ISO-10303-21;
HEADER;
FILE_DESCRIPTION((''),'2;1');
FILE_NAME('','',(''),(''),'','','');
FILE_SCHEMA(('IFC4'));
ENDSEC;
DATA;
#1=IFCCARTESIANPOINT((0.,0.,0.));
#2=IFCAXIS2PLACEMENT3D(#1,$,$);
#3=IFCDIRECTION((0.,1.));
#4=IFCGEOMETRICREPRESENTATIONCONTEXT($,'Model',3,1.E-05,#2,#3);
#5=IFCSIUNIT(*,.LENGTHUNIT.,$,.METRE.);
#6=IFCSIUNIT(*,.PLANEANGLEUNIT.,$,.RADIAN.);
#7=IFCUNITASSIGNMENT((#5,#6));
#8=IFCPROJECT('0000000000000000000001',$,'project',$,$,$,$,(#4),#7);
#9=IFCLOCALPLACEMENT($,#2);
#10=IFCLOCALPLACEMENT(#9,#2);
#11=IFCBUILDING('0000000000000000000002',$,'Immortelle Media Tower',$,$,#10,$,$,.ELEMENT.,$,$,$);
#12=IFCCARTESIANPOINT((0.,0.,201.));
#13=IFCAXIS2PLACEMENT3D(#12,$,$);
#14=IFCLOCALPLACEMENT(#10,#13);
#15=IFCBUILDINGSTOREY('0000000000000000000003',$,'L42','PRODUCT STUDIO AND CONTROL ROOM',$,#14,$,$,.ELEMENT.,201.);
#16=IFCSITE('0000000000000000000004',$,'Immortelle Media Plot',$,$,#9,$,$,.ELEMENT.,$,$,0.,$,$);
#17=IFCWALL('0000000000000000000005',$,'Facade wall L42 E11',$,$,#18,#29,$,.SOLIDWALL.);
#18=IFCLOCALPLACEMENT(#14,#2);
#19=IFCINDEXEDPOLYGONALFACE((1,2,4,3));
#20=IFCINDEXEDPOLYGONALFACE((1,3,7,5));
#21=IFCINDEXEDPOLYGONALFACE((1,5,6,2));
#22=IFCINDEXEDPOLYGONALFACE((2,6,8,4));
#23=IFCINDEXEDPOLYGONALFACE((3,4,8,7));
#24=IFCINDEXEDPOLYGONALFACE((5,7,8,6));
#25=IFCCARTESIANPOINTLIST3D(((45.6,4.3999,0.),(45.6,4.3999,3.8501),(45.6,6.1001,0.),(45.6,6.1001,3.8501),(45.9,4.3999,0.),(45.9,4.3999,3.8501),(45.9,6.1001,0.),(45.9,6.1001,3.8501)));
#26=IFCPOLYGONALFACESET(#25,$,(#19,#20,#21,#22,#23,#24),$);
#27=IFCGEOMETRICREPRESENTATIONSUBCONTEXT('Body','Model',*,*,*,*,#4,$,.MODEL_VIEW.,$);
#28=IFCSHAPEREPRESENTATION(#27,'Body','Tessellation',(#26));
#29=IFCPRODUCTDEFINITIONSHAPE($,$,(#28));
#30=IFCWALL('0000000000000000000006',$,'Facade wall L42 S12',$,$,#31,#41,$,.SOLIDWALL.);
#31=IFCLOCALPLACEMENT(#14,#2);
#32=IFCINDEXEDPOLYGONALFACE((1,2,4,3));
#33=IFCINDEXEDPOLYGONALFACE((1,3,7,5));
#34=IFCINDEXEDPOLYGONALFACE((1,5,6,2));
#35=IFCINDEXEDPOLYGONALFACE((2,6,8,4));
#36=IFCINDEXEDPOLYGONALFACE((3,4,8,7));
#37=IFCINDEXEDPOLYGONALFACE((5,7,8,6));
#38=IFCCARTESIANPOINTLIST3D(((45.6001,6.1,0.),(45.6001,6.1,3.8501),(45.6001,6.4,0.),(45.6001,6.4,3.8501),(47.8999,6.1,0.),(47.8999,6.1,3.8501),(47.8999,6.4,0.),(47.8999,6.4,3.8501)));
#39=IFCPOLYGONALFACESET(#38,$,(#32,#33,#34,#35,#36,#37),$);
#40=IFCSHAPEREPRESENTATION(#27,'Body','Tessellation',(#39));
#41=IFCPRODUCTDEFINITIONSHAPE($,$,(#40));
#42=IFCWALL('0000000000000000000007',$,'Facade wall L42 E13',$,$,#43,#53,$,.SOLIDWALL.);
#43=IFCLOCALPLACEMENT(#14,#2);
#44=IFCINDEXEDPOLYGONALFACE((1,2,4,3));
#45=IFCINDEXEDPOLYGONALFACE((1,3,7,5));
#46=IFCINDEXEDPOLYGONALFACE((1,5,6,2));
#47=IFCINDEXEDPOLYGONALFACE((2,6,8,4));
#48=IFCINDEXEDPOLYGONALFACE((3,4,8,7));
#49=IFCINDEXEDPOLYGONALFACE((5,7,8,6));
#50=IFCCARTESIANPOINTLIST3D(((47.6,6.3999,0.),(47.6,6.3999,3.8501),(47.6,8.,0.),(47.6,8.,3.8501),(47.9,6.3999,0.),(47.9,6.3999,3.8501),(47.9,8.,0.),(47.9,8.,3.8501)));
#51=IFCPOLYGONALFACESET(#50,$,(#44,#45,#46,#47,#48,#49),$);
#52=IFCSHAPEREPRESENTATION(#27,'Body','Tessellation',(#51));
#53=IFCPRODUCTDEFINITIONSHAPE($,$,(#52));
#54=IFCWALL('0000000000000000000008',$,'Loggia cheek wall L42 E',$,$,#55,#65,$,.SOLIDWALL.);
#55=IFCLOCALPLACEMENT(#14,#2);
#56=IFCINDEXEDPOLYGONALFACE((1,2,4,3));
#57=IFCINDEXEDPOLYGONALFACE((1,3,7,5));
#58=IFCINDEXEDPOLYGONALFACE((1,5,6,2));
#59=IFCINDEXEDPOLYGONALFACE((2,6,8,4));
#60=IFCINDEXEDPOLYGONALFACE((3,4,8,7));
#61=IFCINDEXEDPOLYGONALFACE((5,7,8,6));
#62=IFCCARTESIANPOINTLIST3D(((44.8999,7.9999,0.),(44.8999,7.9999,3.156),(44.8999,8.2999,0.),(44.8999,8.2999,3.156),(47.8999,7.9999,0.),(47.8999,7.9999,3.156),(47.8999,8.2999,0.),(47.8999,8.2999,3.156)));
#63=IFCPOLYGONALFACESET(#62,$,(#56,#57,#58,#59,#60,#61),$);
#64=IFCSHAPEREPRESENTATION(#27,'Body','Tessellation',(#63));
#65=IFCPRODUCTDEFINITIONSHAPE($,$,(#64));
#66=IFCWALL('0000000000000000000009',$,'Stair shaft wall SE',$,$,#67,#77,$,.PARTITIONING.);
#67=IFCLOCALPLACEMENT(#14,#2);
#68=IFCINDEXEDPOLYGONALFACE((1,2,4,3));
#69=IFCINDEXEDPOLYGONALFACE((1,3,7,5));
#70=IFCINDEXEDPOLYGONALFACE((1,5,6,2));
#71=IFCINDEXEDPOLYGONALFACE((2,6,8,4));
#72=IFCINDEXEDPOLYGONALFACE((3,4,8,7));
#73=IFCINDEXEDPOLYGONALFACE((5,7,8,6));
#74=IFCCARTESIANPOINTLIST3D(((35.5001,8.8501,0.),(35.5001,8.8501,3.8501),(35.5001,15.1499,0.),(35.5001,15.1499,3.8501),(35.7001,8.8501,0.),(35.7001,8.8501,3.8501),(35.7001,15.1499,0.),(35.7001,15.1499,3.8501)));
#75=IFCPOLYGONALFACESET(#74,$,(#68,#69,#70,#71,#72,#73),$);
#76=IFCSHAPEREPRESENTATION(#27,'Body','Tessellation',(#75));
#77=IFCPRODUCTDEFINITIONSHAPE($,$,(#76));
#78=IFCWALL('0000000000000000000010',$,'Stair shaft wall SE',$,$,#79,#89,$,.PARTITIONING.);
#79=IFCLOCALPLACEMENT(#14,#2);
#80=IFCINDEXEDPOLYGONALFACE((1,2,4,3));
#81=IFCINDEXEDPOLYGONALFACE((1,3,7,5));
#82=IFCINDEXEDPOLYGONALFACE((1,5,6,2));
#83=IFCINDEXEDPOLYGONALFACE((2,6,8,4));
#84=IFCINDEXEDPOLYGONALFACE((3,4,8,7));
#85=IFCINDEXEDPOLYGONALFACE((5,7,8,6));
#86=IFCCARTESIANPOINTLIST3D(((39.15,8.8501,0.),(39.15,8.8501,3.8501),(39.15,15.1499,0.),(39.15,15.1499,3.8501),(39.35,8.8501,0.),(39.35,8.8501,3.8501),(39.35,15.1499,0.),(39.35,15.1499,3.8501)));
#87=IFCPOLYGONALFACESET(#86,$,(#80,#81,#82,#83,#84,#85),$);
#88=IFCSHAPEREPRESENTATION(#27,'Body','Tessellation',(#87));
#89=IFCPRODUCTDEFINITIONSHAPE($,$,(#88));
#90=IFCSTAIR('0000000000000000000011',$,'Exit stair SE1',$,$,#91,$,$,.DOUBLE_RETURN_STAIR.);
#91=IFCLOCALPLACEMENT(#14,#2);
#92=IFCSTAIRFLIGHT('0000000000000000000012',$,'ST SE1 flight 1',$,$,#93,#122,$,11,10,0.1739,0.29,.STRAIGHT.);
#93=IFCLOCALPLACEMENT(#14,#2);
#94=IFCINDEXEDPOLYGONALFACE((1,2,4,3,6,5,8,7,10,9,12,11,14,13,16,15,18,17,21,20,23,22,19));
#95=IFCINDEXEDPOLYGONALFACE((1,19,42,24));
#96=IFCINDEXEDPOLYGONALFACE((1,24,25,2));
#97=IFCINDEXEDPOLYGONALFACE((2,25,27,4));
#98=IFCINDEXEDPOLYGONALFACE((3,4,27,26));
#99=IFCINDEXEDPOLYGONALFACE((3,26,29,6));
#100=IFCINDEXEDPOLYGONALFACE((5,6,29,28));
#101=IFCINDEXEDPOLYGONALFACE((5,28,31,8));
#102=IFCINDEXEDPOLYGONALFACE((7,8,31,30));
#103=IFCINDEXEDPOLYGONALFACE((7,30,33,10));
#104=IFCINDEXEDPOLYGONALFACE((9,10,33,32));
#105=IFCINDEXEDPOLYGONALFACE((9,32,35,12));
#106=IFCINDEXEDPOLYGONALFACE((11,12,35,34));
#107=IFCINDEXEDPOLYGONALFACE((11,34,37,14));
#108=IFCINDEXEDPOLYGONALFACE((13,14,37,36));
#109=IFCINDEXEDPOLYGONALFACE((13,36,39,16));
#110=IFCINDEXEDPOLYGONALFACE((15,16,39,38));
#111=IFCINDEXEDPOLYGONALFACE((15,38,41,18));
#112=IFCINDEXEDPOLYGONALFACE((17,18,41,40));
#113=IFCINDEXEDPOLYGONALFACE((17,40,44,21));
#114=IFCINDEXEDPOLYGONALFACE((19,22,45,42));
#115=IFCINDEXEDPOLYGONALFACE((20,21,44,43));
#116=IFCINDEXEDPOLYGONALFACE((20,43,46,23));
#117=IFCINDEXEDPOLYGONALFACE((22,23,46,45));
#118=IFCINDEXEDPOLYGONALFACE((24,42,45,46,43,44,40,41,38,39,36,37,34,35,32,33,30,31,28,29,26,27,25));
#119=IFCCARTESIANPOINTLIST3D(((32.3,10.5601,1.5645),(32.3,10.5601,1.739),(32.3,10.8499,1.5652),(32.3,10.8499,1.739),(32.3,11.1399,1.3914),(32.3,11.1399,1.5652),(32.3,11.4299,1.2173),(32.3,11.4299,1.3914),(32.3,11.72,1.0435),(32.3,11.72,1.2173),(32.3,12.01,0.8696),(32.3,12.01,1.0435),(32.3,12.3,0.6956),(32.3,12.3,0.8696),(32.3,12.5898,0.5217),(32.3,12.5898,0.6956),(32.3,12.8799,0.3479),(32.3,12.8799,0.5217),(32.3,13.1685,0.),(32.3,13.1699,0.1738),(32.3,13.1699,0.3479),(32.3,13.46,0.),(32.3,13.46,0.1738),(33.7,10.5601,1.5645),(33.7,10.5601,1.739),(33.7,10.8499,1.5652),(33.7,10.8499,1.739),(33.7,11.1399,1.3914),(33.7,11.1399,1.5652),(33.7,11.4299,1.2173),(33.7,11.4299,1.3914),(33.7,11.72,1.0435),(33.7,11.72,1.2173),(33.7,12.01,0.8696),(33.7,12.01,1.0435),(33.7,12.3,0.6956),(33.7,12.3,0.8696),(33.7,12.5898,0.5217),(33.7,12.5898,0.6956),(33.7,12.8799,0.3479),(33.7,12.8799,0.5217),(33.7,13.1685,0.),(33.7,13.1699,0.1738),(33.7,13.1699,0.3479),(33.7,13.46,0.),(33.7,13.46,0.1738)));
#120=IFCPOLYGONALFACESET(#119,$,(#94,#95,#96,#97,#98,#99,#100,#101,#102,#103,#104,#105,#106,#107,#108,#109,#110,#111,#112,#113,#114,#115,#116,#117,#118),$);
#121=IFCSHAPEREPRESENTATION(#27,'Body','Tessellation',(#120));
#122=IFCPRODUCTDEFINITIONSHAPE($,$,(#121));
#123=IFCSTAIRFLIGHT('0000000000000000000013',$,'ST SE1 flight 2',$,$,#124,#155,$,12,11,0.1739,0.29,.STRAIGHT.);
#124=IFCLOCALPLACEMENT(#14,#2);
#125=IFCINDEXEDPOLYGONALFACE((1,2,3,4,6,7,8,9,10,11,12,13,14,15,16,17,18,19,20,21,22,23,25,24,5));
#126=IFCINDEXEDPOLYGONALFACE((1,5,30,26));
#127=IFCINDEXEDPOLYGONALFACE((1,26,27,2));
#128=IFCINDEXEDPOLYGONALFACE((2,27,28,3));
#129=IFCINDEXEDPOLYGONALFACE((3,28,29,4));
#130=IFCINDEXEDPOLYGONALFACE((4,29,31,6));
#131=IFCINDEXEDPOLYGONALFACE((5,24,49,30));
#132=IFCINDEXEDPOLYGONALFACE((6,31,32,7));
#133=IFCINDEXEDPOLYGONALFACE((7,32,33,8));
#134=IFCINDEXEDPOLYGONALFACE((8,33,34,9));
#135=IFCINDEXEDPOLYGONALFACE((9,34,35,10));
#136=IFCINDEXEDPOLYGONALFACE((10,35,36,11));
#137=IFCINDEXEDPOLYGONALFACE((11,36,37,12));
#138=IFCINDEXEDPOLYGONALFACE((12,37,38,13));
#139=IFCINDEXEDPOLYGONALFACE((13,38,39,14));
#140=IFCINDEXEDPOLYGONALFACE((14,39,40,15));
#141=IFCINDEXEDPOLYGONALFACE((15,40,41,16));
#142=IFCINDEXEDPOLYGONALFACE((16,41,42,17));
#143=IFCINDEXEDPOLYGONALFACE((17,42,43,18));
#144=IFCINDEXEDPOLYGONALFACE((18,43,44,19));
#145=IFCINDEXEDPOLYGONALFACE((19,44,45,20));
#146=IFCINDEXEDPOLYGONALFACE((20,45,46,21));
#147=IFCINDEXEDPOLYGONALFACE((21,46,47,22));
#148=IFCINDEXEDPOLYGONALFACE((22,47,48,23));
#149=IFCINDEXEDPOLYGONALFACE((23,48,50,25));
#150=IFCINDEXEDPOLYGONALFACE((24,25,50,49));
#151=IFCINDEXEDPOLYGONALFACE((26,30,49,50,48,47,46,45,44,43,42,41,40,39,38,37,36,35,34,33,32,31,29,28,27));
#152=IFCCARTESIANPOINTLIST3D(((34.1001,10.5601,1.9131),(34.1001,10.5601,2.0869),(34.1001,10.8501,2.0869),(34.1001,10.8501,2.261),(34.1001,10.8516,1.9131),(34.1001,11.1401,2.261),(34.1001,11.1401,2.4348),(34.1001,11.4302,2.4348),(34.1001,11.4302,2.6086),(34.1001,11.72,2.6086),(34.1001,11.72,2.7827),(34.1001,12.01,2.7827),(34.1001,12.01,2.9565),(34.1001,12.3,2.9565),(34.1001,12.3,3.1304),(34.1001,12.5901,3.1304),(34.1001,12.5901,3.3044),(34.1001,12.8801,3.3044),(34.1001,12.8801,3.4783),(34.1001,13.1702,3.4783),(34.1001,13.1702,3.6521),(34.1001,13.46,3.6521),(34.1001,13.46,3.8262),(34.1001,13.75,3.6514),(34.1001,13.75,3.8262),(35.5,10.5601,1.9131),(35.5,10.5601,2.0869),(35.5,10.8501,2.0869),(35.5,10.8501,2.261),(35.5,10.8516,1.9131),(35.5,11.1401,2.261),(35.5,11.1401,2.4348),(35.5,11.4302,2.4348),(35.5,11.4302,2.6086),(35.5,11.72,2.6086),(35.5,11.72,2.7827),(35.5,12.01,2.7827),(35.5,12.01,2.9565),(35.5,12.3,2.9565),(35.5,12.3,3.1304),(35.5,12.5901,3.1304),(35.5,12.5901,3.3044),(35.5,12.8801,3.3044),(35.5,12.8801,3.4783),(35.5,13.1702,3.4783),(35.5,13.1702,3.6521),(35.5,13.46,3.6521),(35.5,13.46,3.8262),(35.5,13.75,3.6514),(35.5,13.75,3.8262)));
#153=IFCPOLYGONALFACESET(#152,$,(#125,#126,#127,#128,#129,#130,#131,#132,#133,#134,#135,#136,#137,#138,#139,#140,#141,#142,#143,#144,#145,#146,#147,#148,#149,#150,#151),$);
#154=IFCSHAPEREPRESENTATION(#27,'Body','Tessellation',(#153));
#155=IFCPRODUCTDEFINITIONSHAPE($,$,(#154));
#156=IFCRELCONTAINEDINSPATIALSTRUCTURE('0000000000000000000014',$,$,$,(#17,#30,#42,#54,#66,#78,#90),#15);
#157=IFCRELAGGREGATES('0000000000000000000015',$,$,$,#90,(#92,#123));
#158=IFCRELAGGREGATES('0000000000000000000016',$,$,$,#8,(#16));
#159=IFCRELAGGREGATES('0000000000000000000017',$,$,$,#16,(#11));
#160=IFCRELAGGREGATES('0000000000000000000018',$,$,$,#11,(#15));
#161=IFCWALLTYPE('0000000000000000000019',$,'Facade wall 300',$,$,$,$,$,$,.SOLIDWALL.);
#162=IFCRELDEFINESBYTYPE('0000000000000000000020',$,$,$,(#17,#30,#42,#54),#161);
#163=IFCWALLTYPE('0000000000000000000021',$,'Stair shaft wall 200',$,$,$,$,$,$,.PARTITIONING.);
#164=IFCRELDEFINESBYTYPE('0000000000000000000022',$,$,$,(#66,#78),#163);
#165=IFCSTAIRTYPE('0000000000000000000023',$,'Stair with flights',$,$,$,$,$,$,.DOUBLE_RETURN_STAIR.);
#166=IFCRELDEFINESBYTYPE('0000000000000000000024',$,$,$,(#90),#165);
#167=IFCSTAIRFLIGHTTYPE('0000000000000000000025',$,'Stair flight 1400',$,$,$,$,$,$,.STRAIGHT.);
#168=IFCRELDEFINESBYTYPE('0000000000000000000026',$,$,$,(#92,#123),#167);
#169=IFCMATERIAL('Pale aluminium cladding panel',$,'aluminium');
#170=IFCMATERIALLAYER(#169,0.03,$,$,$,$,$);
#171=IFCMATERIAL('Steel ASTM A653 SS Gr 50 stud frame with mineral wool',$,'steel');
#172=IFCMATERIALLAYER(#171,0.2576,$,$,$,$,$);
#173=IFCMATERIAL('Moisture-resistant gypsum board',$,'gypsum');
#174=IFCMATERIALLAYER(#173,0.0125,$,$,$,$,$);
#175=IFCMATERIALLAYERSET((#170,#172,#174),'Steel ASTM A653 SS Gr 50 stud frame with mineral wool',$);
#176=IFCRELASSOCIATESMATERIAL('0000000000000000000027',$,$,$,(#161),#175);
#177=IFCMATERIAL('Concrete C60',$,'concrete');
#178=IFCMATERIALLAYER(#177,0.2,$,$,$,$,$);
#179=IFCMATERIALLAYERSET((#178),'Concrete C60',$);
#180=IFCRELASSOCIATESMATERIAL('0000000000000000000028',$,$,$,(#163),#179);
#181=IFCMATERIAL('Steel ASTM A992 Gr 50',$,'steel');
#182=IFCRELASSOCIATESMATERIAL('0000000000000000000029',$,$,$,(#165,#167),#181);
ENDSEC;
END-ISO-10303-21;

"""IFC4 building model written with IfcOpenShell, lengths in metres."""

from ifc_helpers import new_model, si_unit, direction, frame, frame_2d, origin, place, context, subcontext, project, spatial, polyline, rectangle, outline, extrude, material, layer, layer_set, type_object, element, aggregate, save


model = new_model("IFC4")

# Units and contexts
model_context = context("Model", 3, precision=1e-05, world=origin(), true_north=direction((0.0, 1.0)))
body_context = subcontext(model_context, "Body", "Model", "MODEL_VIEW")
ifc_project = project(units=[si_unit("LENGTHUNIT", "METRE"), si_unit("PLANEANGLEUNIT", "RADIAN")], contexts=[model_context])

# Site, building, storey
site_placement = place(None, origin())
site = spatial("IfcSite", under=ifc_project, at=site_placement, Name="Immortelle Media Plot", CompositionType="ELEMENT", RefElevation=0.0)
building_placement = place(site_placement, origin())
building = spatial("IfcBuilding", under=site, at=building_placement, Name="Immortelle Media Tower", CompositionType="ELEMENT")
storey_placement = place(building_placement, frame((0.0, 0.0, 201.0)))
storey = spatial("IfcBuildingStorey", under=building, at=storey_placement, Name="L42", Description="PRODUCT STUDIO AND CONTROL ROOM", CompositionType="ELEMENT", Elevation=201.0)

# Shared definitions
ifc_material_1 = material(Name="Steel ASTM A992 Gr 50", Category="steel")

# Walls
ifc_material_2 = material(Name="Pale aluminium cladding panel", Category="aluminium")
ifc_layer_1 = layer(ifc_material_2, 0.03)
ifc_material_3 = material(Name="Steel ASTM A653 SS Gr 50 stud frame with mineral wool", Category="steel")
ifc_layer_2 = layer(ifc_material_3, 0.2576)
ifc_material_4 = material(Name="Moisture-resistant gypsum board", Category="gypsum")
ifc_layer_3 = layer(ifc_material_4, 0.0125)
ifc_layer_set_1 = layer_set([ifc_layer_1, ifc_layer_2, ifc_layer_3], Name="Steel ASTM A653 SS Gr 50 stud frame with mineral wool")
wall_type_1 = type_object("IfcWallType", Name="Facade wall 300", PredefinedType="SOLIDWALL", material=ifc_layer_set_1)
wall_1_placement = place(storey_placement, frame((45.75, 4.3999, 0.0), z_axis=(0.0, 0.0, 1.0), x_axis=(0.0, 1.0, 0.0)))
element("IfcWall", 1, at=wall_1_placement, inside=storey, type_object=wall_type_1, Name="Facade wall L42 E11", PredefinedType="SOLIDWALL", context=body_context, shape_type="SweptSolid", body=[
    extrude(rectangle(XDim=1.7002, YDim=0.3, at=frame_2d((0.8501, 0.0))), origin(), (0.0, 0.0, 1.0), 3.8501),
])
wall_2_placement = place(storey_placement, frame((45.6001, 6.25, 0.0), z_axis=(0.0, 0.0, 1.0), x_axis=(1.0, 0.0, 0.0)))
element("IfcWall", 2, at=wall_2_placement, inside=storey, type_object=wall_type_1, Name="Facade wall L42 S12", PredefinedType="SOLIDWALL", context=body_context, shape_type="SweptSolid", body=[
    extrude(rectangle(XDim=2.2998, YDim=0.3, at=frame_2d((1.1499, 0.0))), origin(), (0.0, 0.0, 1.0), 3.8501),
])
wall_3_placement = place(storey_placement, frame((47.75, 6.3999, 0.0), z_axis=(0.0, 0.0, 1.0), x_axis=(0.0, 1.0, 0.0)))
element("IfcWall", 3, at=wall_3_placement, inside=storey, type_object=wall_type_1, Name="Facade wall L42 E13", PredefinedType="SOLIDWALL", context=body_context, shape_type="SweptSolid", body=[
    extrude(rectangle(XDim=1.6001, YDim=0.3, at=frame_2d((0.8, 0.0))), origin(), (0.0, 0.0, 1.0), 3.8501),
])

# Walls
wall_4_placement = place(storey_placement, frame((47.8999, 8.1499, 0.0), z_axis=(0.0, 0.0, 1.0), x_axis=(-1.0, 0.0, 0.0)))
element("IfcWall", 4, at=wall_4_placement, inside=storey, type_object=wall_type_1, Name="Loggia cheek wall L42 E", PredefinedType="SOLIDWALL", context=body_context, shape_type="SweptSolid", body=[
    extrude(rectangle(XDim=3.0, YDim=0.3, at=frame_2d((1.5, 0.0))), origin(), (0.0, 0.0, 1.0), 3.156),
])
ifc_material_5 = material(Name="Concrete C60", Category="concrete")
ifc_layer_4 = layer(ifc_material_5, 0.2)
ifc_layer_set_2 = layer_set([ifc_layer_4], Name="Concrete C60")
wall_type_2 = type_object("IfcWallType", Name="Stair shaft wall 200", PredefinedType="PARTITIONING", material=ifc_layer_set_2)
for number, where, z_axis, x_axis, name in (
    (5, (35.6001, 8.8501, 0.0), (0.0, 0.0, 1.0), (0.0, 1.0, 0.0), "Stair shaft wall SE"),
    (6, (39.25, 8.8501, 0.0), (0.0, 0.0, 1.0), (0.0, 1.0, 0.0), "Stair shaft wall SE"),
):
    element("IfcWall", number, at=place(storey_placement, frame(where, z_axis=z_axis, x_axis=x_axis)), inside=storey, type_object=wall_type_2, Name=name, PredefinedType="PARTITIONING", context=body_context, shape_type="SweptSolid", body=[
        extrude(rectangle(XDim=6.2998, YDim=0.2, at=frame_2d((3.1499, 0.0))), origin(), (0.0, 0.0, 1.0), 3.8501),
    ])

# Stair, stair flights
stair_type = type_object("IfcStairType", Name="Stair with flights", PredefinedType="DOUBLE_RETURN_STAIR", material=ifc_material_1)
stair_1_placement = place(storey_placement, origin())
stair_1 = element("IfcStair", 7, at=stair_1_placement, inside=storey, type_object=stair_type, Name="Exit stair SE1", PredefinedType="DOUBLE_RETURN_STAIR")
stair_flight_type = type_object("IfcStairFlightType", Name="Stair flight 1400", PredefinedType="STRAIGHT", material=ifc_material_1)
stair_flight_1_placement = place(storey_placement, frame((33.0, 13.46, 0.0), z_axis=(0.0, 0.0, 1.0), x_axis=(0.0, -1.0, 0.0)))
stair_flight_1 = element("IfcStairFlight", 8, at=stair_flight_1_placement, type_object=stair_flight_type, Name="ST SE1 flight 1", NumberOfRisers=11, NumberOfTreads=10, PredefinedType="STRAIGHT", RiserHeight=0.1739, TreadLength=0.29, context=body_context, shape_type="SweptSolid", body=[
    extrude(outline(polyline([(0.0, 0.0), (0.0, 0.1738), (0.29, 0.1738), (0.29, 0.3479), (0.5801, 0.3479), (0.5801, 0.5217), (0.8701, 0.5217), (0.8701, 0.6956), (1.1599, 0.6956), (1.1599, 0.8696), (1.45, 0.8696), (1.45, 1.0435), (1.74, 1.0435), (1.74, 1.2173), (2.03, 1.2173), (2.03, 1.3914), (2.3201, 1.3914), (2.3201, 1.5652), (2.6101, 1.5652), (2.6101, 1.739), (2.8999, 1.739), (2.8999, 1.9131), (2.8999, 1.5645), (0.2915, 0.0), (0.0, 0.0)])), frame((0.0, 0.7, 0.0), z_axis=(0.0, -1.0, 0.0), x_axis=(1.0, 0.0, 0.0)), (0.0, 0.0, 1.0), 1.3999),
])
stair_flight_2_placement = place(storey_placement, frame((34.8, 10.5601, 1.9131), z_axis=(0.0, 0.0, 1.0), x_axis=(0.0, 1.0, 0.0)))
stair_flight_2 = element("IfcStairFlight", 9, at=stair_flight_2_placement, type_object=stair_flight_type, Name="ST SE1 flight 2", NumberOfRisers=12, NumberOfTreads=11, PredefinedType="STRAIGHT", RiserHeight=0.1739, TreadLength=0.29, context=body_context, shape_type="SweptSolid", body=[
    extrude(outline(polyline([(0.0, 0.0), (0.0, 0.1738), (0.29, 0.1738), (0.29, 0.3479), (0.5801, 0.3479), (0.5801, 0.5217), (0.8701, 0.5217), (0.8701, 0.6956), (1.1599, 0.6956), (1.1599, 0.8696), (1.45, 0.8696), (1.45, 1.0435), (1.74, 1.0435), (1.74, 1.2173), (2.03, 1.2173), (2.03, 1.3914), (2.3201, 1.3914), (2.3201, 1.5652), (2.6101, 1.5652), (2.6101, 1.739), (2.8999, 1.739), (2.8999, 1.9131), (3.1899, 1.9131), (3.1899, 2.0869), (3.1899, 1.7383), (0.2915, 0.0), (0.0, 0.0)])), frame((0.0, 0.7, 0.0), z_axis=(0.0, -1.0, 0.0), x_axis=(1.0, 0.0, 0.0)), (0.0, 0.0, 1.0), 1.3999),
])
aggregate(stair_1, [stair_flight_1, stair_flight_2])

save(model, "model.ifc")
